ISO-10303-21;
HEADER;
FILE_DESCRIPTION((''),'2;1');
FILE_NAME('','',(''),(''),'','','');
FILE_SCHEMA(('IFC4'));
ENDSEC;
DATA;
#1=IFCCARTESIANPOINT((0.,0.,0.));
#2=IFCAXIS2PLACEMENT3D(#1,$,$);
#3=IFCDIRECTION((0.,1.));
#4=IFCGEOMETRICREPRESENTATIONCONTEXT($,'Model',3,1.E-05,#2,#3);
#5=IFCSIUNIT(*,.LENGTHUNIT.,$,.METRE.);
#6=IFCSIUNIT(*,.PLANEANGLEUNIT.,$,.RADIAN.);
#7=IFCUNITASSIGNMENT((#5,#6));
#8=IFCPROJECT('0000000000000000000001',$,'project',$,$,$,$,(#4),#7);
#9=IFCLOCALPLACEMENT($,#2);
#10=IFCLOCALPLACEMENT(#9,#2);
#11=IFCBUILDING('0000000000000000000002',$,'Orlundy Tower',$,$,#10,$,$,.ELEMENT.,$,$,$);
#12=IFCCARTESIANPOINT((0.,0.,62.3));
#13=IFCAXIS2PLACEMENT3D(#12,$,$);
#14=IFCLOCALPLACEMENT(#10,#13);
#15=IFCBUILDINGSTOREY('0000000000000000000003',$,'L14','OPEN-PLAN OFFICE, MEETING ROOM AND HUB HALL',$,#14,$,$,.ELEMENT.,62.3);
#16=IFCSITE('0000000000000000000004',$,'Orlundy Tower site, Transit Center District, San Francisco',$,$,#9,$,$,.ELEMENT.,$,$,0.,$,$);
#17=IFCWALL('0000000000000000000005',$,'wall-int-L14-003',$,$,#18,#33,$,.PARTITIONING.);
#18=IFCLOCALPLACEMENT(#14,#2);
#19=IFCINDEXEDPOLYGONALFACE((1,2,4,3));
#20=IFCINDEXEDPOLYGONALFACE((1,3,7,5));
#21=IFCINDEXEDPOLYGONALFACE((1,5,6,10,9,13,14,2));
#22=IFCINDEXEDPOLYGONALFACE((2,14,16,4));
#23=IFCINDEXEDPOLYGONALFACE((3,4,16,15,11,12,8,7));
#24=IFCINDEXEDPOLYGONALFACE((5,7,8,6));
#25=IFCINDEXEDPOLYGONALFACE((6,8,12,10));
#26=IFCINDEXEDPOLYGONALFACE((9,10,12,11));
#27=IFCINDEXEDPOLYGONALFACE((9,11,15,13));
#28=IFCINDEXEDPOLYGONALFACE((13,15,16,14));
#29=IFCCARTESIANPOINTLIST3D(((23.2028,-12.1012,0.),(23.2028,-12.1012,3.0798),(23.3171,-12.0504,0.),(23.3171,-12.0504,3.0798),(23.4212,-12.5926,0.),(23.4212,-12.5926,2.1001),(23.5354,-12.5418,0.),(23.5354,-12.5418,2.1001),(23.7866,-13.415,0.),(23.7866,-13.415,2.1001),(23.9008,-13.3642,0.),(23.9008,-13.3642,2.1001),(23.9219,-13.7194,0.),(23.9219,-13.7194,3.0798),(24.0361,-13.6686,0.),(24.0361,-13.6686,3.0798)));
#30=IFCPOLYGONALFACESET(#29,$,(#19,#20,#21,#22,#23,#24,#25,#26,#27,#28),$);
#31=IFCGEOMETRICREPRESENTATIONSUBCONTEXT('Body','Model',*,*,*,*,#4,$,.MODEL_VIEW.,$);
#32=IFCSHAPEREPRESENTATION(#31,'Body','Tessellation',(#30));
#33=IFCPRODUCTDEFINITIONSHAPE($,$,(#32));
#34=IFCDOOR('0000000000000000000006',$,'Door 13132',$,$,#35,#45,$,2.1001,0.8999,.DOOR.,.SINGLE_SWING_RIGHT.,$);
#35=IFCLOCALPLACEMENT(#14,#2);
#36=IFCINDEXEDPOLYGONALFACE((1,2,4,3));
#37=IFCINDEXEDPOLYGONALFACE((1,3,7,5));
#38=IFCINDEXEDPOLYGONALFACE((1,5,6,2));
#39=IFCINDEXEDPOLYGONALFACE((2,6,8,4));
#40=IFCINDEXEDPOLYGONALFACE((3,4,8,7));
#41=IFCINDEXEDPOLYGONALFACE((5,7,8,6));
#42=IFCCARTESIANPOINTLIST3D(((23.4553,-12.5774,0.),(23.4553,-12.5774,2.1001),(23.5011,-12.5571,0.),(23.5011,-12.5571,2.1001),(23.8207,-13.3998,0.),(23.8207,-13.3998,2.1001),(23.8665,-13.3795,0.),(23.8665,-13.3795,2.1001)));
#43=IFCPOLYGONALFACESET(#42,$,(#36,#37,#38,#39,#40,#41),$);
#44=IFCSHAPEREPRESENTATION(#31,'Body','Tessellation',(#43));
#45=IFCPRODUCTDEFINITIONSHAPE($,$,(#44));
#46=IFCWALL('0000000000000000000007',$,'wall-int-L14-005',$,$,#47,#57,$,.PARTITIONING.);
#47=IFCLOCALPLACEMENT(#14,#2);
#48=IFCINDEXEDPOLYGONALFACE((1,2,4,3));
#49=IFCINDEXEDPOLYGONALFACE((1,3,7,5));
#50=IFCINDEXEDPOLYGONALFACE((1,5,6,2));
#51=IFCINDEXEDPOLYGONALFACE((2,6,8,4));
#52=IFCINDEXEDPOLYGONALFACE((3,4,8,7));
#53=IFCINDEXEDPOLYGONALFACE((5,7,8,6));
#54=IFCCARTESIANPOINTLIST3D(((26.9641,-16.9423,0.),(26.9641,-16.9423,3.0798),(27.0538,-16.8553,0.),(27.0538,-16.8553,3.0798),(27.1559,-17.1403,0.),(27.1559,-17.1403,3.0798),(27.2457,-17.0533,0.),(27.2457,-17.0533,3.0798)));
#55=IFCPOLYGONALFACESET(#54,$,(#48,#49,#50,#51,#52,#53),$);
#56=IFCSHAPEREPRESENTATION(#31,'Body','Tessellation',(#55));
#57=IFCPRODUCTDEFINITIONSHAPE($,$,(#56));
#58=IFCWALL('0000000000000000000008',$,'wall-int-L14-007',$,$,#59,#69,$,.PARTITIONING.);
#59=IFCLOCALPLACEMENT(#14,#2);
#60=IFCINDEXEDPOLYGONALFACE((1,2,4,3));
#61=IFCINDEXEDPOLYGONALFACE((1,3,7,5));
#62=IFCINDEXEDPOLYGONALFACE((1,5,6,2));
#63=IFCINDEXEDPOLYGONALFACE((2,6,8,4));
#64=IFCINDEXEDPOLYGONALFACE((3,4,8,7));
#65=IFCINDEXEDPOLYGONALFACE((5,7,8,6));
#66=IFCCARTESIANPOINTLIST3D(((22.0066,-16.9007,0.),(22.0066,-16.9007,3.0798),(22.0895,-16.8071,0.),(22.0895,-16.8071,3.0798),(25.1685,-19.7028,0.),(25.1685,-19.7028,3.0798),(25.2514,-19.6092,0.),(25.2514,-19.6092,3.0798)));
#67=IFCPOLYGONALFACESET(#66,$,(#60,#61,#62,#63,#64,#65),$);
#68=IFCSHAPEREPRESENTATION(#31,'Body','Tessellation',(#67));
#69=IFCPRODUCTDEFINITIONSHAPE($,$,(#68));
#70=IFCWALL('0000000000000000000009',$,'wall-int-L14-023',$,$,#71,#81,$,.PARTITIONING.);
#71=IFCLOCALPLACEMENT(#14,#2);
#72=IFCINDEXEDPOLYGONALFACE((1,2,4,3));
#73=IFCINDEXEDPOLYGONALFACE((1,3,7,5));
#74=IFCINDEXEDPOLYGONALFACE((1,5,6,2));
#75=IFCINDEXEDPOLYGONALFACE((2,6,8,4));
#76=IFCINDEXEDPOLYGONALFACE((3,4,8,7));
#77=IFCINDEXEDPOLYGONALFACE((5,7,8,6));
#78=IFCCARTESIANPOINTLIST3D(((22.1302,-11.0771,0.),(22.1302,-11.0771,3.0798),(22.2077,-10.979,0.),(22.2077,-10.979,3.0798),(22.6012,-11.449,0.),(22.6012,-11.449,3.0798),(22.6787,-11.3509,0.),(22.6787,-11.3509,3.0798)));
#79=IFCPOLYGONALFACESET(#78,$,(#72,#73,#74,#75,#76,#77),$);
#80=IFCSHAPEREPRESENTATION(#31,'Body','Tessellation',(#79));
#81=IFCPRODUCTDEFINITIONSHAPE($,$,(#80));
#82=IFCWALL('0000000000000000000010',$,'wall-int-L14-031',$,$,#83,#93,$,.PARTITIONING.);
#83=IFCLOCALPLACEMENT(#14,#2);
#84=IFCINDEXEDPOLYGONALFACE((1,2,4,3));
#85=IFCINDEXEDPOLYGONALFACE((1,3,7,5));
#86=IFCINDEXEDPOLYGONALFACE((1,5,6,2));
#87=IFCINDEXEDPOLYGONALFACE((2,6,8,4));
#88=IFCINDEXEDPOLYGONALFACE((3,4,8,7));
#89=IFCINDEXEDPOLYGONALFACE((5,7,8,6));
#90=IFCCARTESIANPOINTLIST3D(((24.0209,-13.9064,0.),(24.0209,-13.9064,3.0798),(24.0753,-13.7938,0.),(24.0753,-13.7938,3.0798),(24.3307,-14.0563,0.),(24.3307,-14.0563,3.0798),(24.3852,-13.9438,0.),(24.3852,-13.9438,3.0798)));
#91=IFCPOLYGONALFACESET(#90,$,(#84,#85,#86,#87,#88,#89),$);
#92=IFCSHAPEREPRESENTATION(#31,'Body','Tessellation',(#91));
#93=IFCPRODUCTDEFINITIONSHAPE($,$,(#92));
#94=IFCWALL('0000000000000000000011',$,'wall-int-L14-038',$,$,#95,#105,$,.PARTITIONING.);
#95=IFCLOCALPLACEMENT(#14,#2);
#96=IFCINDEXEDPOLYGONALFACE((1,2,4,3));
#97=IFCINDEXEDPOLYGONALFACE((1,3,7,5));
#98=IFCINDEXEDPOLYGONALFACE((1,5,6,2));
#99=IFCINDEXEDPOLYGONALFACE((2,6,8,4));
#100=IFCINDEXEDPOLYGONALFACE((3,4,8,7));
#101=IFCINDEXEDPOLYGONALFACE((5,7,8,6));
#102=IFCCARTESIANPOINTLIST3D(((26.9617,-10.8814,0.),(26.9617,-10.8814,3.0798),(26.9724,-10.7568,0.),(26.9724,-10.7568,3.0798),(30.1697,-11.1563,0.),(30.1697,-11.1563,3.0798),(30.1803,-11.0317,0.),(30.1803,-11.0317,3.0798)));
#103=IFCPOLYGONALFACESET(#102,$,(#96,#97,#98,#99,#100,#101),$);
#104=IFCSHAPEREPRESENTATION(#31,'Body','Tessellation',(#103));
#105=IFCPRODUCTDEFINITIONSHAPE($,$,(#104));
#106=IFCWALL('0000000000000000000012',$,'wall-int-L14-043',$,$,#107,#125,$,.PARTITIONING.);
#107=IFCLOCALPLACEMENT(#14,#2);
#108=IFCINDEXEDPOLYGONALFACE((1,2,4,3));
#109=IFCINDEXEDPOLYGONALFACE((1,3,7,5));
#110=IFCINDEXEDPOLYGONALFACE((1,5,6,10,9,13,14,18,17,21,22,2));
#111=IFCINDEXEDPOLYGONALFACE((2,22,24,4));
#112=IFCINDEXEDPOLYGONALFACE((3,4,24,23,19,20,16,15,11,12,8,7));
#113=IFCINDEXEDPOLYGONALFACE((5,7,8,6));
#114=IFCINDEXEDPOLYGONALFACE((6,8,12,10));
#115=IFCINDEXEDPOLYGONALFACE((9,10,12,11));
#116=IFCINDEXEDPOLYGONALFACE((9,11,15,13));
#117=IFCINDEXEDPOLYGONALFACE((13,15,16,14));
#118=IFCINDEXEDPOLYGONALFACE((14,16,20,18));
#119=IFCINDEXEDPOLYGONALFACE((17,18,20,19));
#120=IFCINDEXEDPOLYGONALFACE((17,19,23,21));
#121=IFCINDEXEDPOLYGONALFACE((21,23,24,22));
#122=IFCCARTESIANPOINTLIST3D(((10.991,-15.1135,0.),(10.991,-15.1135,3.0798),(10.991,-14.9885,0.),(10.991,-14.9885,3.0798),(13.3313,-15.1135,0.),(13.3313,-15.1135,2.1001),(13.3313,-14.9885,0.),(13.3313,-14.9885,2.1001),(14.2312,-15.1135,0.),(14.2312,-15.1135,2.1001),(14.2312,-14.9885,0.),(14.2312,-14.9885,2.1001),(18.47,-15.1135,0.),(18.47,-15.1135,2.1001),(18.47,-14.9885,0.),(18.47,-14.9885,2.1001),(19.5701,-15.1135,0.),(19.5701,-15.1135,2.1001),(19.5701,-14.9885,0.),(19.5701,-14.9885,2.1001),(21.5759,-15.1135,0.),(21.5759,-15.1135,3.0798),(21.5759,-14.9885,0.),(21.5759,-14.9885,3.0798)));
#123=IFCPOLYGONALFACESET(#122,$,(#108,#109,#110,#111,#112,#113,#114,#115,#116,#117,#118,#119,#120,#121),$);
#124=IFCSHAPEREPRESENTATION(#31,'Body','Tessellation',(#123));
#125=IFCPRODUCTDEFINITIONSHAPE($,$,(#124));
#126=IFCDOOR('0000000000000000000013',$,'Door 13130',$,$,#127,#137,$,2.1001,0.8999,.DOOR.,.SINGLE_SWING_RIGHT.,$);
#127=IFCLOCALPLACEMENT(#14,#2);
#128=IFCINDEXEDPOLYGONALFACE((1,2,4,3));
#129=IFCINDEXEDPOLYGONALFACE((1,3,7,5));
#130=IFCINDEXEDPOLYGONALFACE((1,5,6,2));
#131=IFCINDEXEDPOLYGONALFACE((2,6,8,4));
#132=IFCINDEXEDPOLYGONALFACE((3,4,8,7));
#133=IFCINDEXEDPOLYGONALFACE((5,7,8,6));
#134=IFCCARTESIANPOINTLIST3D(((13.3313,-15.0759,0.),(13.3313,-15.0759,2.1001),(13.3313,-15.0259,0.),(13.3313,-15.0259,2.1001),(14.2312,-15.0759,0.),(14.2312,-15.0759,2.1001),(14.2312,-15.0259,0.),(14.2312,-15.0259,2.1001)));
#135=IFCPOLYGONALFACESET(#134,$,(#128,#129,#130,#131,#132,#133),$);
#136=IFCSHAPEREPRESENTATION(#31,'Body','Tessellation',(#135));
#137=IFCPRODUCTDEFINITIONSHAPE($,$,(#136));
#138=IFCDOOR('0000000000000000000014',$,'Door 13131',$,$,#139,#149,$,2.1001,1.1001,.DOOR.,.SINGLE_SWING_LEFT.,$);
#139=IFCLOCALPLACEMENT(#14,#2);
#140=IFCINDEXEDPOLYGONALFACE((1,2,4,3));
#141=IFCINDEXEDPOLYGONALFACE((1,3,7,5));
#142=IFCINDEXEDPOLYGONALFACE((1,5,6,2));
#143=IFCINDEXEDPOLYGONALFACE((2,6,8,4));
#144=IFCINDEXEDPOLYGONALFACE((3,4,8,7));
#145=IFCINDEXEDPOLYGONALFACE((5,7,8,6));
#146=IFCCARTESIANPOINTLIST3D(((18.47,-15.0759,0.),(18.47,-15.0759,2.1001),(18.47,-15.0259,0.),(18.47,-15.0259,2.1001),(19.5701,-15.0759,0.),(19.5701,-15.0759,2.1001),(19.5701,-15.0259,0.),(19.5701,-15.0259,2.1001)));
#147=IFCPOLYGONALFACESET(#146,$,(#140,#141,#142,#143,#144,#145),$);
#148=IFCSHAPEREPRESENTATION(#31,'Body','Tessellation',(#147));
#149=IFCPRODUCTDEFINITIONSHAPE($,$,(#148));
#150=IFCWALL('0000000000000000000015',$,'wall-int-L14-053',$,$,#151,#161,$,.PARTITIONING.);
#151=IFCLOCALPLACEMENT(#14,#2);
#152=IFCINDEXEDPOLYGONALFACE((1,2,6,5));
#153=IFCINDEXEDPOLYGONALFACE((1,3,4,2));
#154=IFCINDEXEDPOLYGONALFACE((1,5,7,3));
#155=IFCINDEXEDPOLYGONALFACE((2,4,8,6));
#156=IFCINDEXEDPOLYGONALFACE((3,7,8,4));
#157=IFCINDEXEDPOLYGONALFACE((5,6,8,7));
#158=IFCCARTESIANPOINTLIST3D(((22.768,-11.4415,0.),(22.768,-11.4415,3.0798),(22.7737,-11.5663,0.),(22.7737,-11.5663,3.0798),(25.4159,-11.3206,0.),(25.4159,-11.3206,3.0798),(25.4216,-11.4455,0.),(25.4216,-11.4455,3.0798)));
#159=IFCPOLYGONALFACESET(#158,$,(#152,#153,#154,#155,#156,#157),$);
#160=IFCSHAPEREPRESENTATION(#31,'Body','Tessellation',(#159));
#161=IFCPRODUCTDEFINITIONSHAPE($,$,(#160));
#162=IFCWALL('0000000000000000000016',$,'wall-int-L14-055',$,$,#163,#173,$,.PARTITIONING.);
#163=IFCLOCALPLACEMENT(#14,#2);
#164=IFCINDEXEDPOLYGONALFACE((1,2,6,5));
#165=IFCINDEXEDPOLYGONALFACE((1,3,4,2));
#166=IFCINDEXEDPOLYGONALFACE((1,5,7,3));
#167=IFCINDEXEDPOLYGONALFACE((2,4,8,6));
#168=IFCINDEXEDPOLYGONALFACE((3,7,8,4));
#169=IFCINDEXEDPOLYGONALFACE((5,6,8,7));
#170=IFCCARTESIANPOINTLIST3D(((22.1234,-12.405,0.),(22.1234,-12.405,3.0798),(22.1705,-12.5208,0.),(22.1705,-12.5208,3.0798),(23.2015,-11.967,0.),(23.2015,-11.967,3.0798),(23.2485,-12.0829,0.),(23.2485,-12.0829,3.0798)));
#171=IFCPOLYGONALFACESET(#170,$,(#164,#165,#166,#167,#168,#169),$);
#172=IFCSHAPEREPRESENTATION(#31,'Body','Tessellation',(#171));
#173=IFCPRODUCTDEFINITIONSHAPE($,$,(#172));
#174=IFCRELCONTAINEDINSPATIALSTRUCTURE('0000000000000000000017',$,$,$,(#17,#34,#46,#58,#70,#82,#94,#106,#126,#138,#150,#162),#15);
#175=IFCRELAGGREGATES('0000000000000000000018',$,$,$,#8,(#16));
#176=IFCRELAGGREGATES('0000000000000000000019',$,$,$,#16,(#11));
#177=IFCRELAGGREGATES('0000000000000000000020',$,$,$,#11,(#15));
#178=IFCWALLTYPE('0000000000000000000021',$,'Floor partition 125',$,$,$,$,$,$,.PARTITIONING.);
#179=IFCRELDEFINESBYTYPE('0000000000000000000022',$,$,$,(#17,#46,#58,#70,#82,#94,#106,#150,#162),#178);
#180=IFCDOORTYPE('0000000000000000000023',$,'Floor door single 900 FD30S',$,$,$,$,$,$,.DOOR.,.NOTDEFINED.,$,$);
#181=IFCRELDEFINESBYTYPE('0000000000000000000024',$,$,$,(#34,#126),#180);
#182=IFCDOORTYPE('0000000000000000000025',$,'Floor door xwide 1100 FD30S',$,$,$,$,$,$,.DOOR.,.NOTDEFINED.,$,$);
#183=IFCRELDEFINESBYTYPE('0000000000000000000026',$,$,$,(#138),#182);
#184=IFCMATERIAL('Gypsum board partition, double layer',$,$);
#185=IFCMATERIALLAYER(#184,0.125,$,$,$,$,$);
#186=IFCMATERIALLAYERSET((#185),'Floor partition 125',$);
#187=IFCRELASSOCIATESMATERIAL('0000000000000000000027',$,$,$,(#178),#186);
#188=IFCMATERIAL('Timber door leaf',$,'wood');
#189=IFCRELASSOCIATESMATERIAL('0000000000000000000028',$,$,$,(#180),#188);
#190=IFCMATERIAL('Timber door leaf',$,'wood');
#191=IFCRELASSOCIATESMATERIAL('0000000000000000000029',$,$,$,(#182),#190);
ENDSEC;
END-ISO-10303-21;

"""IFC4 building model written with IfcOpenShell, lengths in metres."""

from ifc_helpers import new_model, si_unit, direction, frame, frame_2d, origin, place, context, subcontext, project, spatial, rectangle, extrude, material, layer, layer_set, type_object, element, fill, save


model = new_model("IFC4")

# Units and contexts
model_context = context("Model", 3, precision=1e-05, world=origin(), true_north=direction((0.0, 1.0)))
body_context = subcontext(model_context, "Body", "Model", "MODEL_VIEW")
ifc_project = project(units=[si_unit("LENGTHUNIT", "METRE"), si_unit("PLANEANGLEUNIT", "RADIAN")], contexts=[model_context])

# Site, building, storey
site_placement = place(None, origin())
site = spatial("IfcSite", under=ifc_project, at=site_placement, Name="Orlundy Tower site, Transit Center District, San Francisco", CompositionType="ELEMENT", RefElevation=0.0)
building_placement = place(site_placement, origin())
building = spatial("IfcBuilding", under=site, at=building_placement, Name="Orlundy Tower", CompositionType="ELEMENT")
storey_placement = place(building_placement, frame((0.0, 0.0, 62.3)))
storey = spatial("IfcBuildingStorey", under=building, at=storey_placement, Name="L14", Description="OPEN-PLAN OFFICE, MEETING ROOM AND HUB HALL", CompositionType="ELEMENT", Elevation=62.3)

# Shared definitions
ifc_material_1 = material(Name="Gypsum board partition, double layer")
ifc_layer_1 = layer(ifc_material_1, 0.125)
ifc_layer_set_1 = layer_set([ifc_layer_1], Name="Floor partition 125")
wall_type_1 = type_object("IfcWallType", Name="Floor partition 125", PredefinedType="PARTITIONING", material=ifc_layer_set_1)

# Wall, opening, door
wall_1_placement = place(storey_placement, frame((23.26, -12.0759, 0.0), z_axis=(0.0, 0.0, 1.0), x_axis=(0.406049, -0.913851, 0.0)))
wall_1 = element("IfcWall", 1, at=wall_1_placement, inside=storey, type_object=wall_type_1, Name="wall-int-L14-003", PredefinedType="PARTITIONING", context=body_context, shape_type="SweptSolid", body=[
    extrude(rectangle(XDim=1.7708, YDim=0.125, at=frame_2d((0.8853, 0.0))), origin(), (0.0, 0.0, 1.0), 3.0798),
])
opening_1_placement = place(wall_1_placement, frame((0.5376, 0.0, 0.0)))
opening_1 = element("IfcOpeningElement", 2, at=opening_1_placement, cuts=wall_1, PredefinedType="OPENING", context=body_context, shape_type="SweptSolid", body=[
    extrude(rectangle(XDim=0.8999, YDim=2.1001, at=frame_2d((0.45, 1.05))), frame((0.0, 0.0725, 0.0), z_axis=(0.0, -1.0, 0.0), x_axis=(1.0, 0.0, 0.0)), (0.0, 0.0, 1.0), 0.145),
])
ifc_material_2 = material(Name="Timber door leaf", Category="wood")
door_type_1 = type_object("IfcDoorType", Name="Floor door single 900 FD30S", OperationType="NOTDEFINED", PredefinedType="DOOR", material=ifc_material_2)
door_1_placement = place(opening_1_placement, origin())
door_1 = element("IfcDoor", 3, at=door_1_placement, inside=storey, type_object=door_type_1, Name="Door 13132", OperationType="SINGLE_SWING_RIGHT", OverallHeight=2.1001, OverallWidth=0.8999, PredefinedType="DOOR", context=body_context, shape_type="SweptSolid", body=[
    extrude(rectangle(XDim=0.8999, YDim=2.1001, at=frame_2d((0.45, 1.05))), frame((0.0, 0.0249, 0.0), z_axis=(0.0, -1.0, 0.0), x_axis=(1.0, 0.0, 0.0)), (0.0, 0.0, 1.0), 0.05),
])
fill(opening_1, door_1)

# Walls
wall_2_placement = place(storey_placement, frame((27.009, -16.8989, 0.0), z_axis=(0.0, 0.0, 1.0), x_axis=(0.695952, -0.718088, 0.0)))
element("IfcWall", 4, at=wall_2_placement, inside=storey, type_object=wall_type_1, Name="wall-int-L14-005", PredefinedType="PARTITIONING", context=body_context, shape_type="SweptSolid", body=[
    extrude(rectangle(XDim=0.2756, YDim=0.125, at=frame_2d((0.1377, 0.0))), origin(), (0.0, 0.0, 1.0), 3.0798),
])
wall_3_placement = place(storey_placement, frame((22.0481, -16.854, 0.0), z_axis=(0.0, 0.0, 1.0), x_axis=(0.748413, -0.663233, 0.0)))
element("IfcWall", 5, at=wall_3_placement, inside=storey, type_object=wall_type_1, Name="wall-int-L14-007", PredefinedType="PARTITIONING", context=body_context, shape_type="SweptSolid", body=[
    extrude(rectangle(XDim=4.2249, YDim=0.125, at=frame_2d((2.1123, 0.0))), origin(), (0.0, 0.0, 1.0), 3.0798),
])
wall_4_placement = place(storey_placement, frame((22.1689, -11.0281, 0.0), z_axis=(0.0, 0.0, 1.0), x_axis=(0.784862, -0.619671, 0.0)))
element("IfcWall", 6, at=wall_4_placement, inside=storey, type_object=wall_type_1, Name="wall-int-L14-023", PredefinedType="PARTITIONING", context=body_context, shape_type="SweptSolid", body=[
    extrude(rectangle(XDim=0.6001, YDim=0.125, at=frame_2d((0.3, 0.0))), origin(), (0.0, 0.0, 1.0), 3.0798),
])
wall_5_placement = place(storey_placement, frame((24.0481, -13.8501, 0.0), z_axis=(0.0, 0.0, 1.0), x_axis=(0.900168, -0.435542, 0.0)))
element("IfcWall", 7, at=wall_5_placement, inside=storey, type_object=wall_type_1, Name="wall-int-L14-031", PredefinedType="PARTITIONING", context=body_context, shape_type="SweptSolid", body=[
    extrude(rectangle(XDim=0.3442, YDim=0.125, at=frame_2d((0.1721, 0.0))), origin(), (0.0, 0.0, 1.0), 3.0798),
])
wall_6_placement = place(storey_placement, frame((26.967, -10.8191, 0.0), z_axis=(0.0, 0.0, 1.0), x_axis=(0.996348, -0.08538, 0.0)))
element("IfcWall", 8, at=wall_6_placement, inside=storey, type_object=wall_type_1, Name="wall-int-L14-038", PredefinedType="PARTITIONING", context=body_context, shape_type="SweptSolid", body=[
    extrude(rectangle(XDim=3.2197, YDim=0.125, at=frame_2d((1.6099, 0.0))), origin(), (0.0, 0.0, 1.0), 3.0798),
])

# Wall, openings, doors
wall_7_placement = place(storey_placement, frame((21.5759, -15.051, 0.0), z_axis=(0.0, 0.0, 1.0), x_axis=(-1.0, 0.0, 0.0)))
wall_7 = element("IfcWall", 9, at=wall_7_placement, inside=storey, type_object=wall_type_1, Name="wall-int-L14-043", PredefinedType="PARTITIONING", context=body_context, shape_type="SweptSolid", body=[
    extrude(rectangle(XDim=10.585, YDim=0.125, at=frame_2d((5.2925, 0.0))), origin(), (0.0, 0.0, 1.0), 3.0798),
])
opening_2_placement = place(wall_7_placement, frame((7.3447, 0.0, 0.0)))
opening_2 = element("IfcOpeningElement", 10, at=opening_2_placement, cuts=wall_7, PredefinedType="OPENING", context=body_context, shape_type="SweptSolid", body=[
    extrude(rectangle(XDim=0.8999, YDim=2.1001, at=frame_2d((0.45, 1.05))), frame((0.0, 0.0725, 0.0), z_axis=(0.0, -1.0, 0.0), x_axis=(1.0, 0.0, 0.0)), (0.0, 0.0, 1.0), 0.145),
])
opening_3_placement = place(wall_7_placement, frame((2.0059, 0.0, 0.0)))
opening_3 = element("IfcOpeningElement", 11, at=opening_3_placement, cuts=wall_7, PredefinedType="OPENING", context=body_context, shape_type="SweptSolid", body=[
    extrude(rectangle(XDim=1.1001, YDim=2.1001, at=frame_2d((0.55, 1.05))), frame((0.0, 0.0725, 0.0), z_axis=(0.0, -1.0, 0.0), x_axis=(1.0, 0.0, 0.0)), (0.0, 0.0, 1.0), 0.145),
])
door_2_placement = place(opening_2_placement, origin())
door_2 = element("IfcDoor", 12, at=door_2_placement, inside=storey, type_object=door_type_1, Name="Door 13130", OperationType="SINGLE_SWING_RIGHT", OverallHeight=2.1001, OverallWidth=0.8999, PredefinedType="DOOR", context=body_context, shape_type="SweptSolid", body=[
    extrude(rectangle(XDim=0.8999, YDim=2.1001, at=frame_2d((0.45, 1.05))), frame((0.0, 0.0249, 0.0), z_axis=(0.0, -1.0, 0.0), x_axis=(1.0, 0.0, 0.0)), (0.0, 0.0, 1.0), 0.05),
])
fill(opening_2, door_2)
ifc_material_3 = material(Name="Timber door leaf", Category="wood")
door_type_2 = type_object("IfcDoorType", Name="Floor door xwide 1100 FD30S", OperationType="NOTDEFINED", PredefinedType="DOOR", material=ifc_material_3)
door_3_placement = place(opening_3_placement, origin())
door_3 = element("IfcDoor", 13, at=door_3_placement, inside=storey, type_object=door_type_2, Name="Door 13131", OperationType="SINGLE_SWING_LEFT", OverallHeight=2.1001, OverallWidth=1.1001, PredefinedType="DOOR", context=body_context, shape_type="SweptSolid", body=[
    extrude(rectangle(XDim=1.1001, YDim=2.1001, at=frame_2d((0.55, 1.05))), frame((0.0, 0.0249, 0.0), z_axis=(0.0, -1.0, 0.0), x_axis=(1.0, 0.0, 0.0)), (0.0, 0.0, 1.0), 0.05),
])
fill(opening_3, door_3)

# Walls
wall_8_placement = place(storey_placement, frame((22.771, -11.5039, 0.0), z_axis=(0.0, 0.0, 1.0), x_axis=(0.99896, 0.045591, 0.0)))
element("IfcWall", 14, at=wall_8_placement, inside=storey, type_object=wall_type_1, Name="wall-int-L14-053", PredefinedType="PARTITIONING", context=body_context, shape_type="SweptSolid", body=[
    extrude(rectangle(XDim=2.6506, YDim=0.125, at=frame_2d((1.3252, 0.0))), origin(), (0.0, 0.0, 1.0), 3.0798),
])
wall_9_placement = place(storey_placement, frame((22.147, -12.4629, 0.0), z_axis=(0.0, 0.0, 1.0), x_axis=(0.926467, 0.376377, 0.0)))
element("IfcWall", 15, at=wall_9_placement, inside=storey, type_object=wall_type_1, Name="wall-int-L14-055", PredefinedType="PARTITIONING", context=body_context, shape_type="SweptSolid", body=[
    extrude(rectangle(XDim=1.1636, YDim=0.125, at=frame_2d((0.5818, 0.0))), origin(), (0.0, 0.0, 1.0), 3.0798),
])

save(model, "model.ifc")
